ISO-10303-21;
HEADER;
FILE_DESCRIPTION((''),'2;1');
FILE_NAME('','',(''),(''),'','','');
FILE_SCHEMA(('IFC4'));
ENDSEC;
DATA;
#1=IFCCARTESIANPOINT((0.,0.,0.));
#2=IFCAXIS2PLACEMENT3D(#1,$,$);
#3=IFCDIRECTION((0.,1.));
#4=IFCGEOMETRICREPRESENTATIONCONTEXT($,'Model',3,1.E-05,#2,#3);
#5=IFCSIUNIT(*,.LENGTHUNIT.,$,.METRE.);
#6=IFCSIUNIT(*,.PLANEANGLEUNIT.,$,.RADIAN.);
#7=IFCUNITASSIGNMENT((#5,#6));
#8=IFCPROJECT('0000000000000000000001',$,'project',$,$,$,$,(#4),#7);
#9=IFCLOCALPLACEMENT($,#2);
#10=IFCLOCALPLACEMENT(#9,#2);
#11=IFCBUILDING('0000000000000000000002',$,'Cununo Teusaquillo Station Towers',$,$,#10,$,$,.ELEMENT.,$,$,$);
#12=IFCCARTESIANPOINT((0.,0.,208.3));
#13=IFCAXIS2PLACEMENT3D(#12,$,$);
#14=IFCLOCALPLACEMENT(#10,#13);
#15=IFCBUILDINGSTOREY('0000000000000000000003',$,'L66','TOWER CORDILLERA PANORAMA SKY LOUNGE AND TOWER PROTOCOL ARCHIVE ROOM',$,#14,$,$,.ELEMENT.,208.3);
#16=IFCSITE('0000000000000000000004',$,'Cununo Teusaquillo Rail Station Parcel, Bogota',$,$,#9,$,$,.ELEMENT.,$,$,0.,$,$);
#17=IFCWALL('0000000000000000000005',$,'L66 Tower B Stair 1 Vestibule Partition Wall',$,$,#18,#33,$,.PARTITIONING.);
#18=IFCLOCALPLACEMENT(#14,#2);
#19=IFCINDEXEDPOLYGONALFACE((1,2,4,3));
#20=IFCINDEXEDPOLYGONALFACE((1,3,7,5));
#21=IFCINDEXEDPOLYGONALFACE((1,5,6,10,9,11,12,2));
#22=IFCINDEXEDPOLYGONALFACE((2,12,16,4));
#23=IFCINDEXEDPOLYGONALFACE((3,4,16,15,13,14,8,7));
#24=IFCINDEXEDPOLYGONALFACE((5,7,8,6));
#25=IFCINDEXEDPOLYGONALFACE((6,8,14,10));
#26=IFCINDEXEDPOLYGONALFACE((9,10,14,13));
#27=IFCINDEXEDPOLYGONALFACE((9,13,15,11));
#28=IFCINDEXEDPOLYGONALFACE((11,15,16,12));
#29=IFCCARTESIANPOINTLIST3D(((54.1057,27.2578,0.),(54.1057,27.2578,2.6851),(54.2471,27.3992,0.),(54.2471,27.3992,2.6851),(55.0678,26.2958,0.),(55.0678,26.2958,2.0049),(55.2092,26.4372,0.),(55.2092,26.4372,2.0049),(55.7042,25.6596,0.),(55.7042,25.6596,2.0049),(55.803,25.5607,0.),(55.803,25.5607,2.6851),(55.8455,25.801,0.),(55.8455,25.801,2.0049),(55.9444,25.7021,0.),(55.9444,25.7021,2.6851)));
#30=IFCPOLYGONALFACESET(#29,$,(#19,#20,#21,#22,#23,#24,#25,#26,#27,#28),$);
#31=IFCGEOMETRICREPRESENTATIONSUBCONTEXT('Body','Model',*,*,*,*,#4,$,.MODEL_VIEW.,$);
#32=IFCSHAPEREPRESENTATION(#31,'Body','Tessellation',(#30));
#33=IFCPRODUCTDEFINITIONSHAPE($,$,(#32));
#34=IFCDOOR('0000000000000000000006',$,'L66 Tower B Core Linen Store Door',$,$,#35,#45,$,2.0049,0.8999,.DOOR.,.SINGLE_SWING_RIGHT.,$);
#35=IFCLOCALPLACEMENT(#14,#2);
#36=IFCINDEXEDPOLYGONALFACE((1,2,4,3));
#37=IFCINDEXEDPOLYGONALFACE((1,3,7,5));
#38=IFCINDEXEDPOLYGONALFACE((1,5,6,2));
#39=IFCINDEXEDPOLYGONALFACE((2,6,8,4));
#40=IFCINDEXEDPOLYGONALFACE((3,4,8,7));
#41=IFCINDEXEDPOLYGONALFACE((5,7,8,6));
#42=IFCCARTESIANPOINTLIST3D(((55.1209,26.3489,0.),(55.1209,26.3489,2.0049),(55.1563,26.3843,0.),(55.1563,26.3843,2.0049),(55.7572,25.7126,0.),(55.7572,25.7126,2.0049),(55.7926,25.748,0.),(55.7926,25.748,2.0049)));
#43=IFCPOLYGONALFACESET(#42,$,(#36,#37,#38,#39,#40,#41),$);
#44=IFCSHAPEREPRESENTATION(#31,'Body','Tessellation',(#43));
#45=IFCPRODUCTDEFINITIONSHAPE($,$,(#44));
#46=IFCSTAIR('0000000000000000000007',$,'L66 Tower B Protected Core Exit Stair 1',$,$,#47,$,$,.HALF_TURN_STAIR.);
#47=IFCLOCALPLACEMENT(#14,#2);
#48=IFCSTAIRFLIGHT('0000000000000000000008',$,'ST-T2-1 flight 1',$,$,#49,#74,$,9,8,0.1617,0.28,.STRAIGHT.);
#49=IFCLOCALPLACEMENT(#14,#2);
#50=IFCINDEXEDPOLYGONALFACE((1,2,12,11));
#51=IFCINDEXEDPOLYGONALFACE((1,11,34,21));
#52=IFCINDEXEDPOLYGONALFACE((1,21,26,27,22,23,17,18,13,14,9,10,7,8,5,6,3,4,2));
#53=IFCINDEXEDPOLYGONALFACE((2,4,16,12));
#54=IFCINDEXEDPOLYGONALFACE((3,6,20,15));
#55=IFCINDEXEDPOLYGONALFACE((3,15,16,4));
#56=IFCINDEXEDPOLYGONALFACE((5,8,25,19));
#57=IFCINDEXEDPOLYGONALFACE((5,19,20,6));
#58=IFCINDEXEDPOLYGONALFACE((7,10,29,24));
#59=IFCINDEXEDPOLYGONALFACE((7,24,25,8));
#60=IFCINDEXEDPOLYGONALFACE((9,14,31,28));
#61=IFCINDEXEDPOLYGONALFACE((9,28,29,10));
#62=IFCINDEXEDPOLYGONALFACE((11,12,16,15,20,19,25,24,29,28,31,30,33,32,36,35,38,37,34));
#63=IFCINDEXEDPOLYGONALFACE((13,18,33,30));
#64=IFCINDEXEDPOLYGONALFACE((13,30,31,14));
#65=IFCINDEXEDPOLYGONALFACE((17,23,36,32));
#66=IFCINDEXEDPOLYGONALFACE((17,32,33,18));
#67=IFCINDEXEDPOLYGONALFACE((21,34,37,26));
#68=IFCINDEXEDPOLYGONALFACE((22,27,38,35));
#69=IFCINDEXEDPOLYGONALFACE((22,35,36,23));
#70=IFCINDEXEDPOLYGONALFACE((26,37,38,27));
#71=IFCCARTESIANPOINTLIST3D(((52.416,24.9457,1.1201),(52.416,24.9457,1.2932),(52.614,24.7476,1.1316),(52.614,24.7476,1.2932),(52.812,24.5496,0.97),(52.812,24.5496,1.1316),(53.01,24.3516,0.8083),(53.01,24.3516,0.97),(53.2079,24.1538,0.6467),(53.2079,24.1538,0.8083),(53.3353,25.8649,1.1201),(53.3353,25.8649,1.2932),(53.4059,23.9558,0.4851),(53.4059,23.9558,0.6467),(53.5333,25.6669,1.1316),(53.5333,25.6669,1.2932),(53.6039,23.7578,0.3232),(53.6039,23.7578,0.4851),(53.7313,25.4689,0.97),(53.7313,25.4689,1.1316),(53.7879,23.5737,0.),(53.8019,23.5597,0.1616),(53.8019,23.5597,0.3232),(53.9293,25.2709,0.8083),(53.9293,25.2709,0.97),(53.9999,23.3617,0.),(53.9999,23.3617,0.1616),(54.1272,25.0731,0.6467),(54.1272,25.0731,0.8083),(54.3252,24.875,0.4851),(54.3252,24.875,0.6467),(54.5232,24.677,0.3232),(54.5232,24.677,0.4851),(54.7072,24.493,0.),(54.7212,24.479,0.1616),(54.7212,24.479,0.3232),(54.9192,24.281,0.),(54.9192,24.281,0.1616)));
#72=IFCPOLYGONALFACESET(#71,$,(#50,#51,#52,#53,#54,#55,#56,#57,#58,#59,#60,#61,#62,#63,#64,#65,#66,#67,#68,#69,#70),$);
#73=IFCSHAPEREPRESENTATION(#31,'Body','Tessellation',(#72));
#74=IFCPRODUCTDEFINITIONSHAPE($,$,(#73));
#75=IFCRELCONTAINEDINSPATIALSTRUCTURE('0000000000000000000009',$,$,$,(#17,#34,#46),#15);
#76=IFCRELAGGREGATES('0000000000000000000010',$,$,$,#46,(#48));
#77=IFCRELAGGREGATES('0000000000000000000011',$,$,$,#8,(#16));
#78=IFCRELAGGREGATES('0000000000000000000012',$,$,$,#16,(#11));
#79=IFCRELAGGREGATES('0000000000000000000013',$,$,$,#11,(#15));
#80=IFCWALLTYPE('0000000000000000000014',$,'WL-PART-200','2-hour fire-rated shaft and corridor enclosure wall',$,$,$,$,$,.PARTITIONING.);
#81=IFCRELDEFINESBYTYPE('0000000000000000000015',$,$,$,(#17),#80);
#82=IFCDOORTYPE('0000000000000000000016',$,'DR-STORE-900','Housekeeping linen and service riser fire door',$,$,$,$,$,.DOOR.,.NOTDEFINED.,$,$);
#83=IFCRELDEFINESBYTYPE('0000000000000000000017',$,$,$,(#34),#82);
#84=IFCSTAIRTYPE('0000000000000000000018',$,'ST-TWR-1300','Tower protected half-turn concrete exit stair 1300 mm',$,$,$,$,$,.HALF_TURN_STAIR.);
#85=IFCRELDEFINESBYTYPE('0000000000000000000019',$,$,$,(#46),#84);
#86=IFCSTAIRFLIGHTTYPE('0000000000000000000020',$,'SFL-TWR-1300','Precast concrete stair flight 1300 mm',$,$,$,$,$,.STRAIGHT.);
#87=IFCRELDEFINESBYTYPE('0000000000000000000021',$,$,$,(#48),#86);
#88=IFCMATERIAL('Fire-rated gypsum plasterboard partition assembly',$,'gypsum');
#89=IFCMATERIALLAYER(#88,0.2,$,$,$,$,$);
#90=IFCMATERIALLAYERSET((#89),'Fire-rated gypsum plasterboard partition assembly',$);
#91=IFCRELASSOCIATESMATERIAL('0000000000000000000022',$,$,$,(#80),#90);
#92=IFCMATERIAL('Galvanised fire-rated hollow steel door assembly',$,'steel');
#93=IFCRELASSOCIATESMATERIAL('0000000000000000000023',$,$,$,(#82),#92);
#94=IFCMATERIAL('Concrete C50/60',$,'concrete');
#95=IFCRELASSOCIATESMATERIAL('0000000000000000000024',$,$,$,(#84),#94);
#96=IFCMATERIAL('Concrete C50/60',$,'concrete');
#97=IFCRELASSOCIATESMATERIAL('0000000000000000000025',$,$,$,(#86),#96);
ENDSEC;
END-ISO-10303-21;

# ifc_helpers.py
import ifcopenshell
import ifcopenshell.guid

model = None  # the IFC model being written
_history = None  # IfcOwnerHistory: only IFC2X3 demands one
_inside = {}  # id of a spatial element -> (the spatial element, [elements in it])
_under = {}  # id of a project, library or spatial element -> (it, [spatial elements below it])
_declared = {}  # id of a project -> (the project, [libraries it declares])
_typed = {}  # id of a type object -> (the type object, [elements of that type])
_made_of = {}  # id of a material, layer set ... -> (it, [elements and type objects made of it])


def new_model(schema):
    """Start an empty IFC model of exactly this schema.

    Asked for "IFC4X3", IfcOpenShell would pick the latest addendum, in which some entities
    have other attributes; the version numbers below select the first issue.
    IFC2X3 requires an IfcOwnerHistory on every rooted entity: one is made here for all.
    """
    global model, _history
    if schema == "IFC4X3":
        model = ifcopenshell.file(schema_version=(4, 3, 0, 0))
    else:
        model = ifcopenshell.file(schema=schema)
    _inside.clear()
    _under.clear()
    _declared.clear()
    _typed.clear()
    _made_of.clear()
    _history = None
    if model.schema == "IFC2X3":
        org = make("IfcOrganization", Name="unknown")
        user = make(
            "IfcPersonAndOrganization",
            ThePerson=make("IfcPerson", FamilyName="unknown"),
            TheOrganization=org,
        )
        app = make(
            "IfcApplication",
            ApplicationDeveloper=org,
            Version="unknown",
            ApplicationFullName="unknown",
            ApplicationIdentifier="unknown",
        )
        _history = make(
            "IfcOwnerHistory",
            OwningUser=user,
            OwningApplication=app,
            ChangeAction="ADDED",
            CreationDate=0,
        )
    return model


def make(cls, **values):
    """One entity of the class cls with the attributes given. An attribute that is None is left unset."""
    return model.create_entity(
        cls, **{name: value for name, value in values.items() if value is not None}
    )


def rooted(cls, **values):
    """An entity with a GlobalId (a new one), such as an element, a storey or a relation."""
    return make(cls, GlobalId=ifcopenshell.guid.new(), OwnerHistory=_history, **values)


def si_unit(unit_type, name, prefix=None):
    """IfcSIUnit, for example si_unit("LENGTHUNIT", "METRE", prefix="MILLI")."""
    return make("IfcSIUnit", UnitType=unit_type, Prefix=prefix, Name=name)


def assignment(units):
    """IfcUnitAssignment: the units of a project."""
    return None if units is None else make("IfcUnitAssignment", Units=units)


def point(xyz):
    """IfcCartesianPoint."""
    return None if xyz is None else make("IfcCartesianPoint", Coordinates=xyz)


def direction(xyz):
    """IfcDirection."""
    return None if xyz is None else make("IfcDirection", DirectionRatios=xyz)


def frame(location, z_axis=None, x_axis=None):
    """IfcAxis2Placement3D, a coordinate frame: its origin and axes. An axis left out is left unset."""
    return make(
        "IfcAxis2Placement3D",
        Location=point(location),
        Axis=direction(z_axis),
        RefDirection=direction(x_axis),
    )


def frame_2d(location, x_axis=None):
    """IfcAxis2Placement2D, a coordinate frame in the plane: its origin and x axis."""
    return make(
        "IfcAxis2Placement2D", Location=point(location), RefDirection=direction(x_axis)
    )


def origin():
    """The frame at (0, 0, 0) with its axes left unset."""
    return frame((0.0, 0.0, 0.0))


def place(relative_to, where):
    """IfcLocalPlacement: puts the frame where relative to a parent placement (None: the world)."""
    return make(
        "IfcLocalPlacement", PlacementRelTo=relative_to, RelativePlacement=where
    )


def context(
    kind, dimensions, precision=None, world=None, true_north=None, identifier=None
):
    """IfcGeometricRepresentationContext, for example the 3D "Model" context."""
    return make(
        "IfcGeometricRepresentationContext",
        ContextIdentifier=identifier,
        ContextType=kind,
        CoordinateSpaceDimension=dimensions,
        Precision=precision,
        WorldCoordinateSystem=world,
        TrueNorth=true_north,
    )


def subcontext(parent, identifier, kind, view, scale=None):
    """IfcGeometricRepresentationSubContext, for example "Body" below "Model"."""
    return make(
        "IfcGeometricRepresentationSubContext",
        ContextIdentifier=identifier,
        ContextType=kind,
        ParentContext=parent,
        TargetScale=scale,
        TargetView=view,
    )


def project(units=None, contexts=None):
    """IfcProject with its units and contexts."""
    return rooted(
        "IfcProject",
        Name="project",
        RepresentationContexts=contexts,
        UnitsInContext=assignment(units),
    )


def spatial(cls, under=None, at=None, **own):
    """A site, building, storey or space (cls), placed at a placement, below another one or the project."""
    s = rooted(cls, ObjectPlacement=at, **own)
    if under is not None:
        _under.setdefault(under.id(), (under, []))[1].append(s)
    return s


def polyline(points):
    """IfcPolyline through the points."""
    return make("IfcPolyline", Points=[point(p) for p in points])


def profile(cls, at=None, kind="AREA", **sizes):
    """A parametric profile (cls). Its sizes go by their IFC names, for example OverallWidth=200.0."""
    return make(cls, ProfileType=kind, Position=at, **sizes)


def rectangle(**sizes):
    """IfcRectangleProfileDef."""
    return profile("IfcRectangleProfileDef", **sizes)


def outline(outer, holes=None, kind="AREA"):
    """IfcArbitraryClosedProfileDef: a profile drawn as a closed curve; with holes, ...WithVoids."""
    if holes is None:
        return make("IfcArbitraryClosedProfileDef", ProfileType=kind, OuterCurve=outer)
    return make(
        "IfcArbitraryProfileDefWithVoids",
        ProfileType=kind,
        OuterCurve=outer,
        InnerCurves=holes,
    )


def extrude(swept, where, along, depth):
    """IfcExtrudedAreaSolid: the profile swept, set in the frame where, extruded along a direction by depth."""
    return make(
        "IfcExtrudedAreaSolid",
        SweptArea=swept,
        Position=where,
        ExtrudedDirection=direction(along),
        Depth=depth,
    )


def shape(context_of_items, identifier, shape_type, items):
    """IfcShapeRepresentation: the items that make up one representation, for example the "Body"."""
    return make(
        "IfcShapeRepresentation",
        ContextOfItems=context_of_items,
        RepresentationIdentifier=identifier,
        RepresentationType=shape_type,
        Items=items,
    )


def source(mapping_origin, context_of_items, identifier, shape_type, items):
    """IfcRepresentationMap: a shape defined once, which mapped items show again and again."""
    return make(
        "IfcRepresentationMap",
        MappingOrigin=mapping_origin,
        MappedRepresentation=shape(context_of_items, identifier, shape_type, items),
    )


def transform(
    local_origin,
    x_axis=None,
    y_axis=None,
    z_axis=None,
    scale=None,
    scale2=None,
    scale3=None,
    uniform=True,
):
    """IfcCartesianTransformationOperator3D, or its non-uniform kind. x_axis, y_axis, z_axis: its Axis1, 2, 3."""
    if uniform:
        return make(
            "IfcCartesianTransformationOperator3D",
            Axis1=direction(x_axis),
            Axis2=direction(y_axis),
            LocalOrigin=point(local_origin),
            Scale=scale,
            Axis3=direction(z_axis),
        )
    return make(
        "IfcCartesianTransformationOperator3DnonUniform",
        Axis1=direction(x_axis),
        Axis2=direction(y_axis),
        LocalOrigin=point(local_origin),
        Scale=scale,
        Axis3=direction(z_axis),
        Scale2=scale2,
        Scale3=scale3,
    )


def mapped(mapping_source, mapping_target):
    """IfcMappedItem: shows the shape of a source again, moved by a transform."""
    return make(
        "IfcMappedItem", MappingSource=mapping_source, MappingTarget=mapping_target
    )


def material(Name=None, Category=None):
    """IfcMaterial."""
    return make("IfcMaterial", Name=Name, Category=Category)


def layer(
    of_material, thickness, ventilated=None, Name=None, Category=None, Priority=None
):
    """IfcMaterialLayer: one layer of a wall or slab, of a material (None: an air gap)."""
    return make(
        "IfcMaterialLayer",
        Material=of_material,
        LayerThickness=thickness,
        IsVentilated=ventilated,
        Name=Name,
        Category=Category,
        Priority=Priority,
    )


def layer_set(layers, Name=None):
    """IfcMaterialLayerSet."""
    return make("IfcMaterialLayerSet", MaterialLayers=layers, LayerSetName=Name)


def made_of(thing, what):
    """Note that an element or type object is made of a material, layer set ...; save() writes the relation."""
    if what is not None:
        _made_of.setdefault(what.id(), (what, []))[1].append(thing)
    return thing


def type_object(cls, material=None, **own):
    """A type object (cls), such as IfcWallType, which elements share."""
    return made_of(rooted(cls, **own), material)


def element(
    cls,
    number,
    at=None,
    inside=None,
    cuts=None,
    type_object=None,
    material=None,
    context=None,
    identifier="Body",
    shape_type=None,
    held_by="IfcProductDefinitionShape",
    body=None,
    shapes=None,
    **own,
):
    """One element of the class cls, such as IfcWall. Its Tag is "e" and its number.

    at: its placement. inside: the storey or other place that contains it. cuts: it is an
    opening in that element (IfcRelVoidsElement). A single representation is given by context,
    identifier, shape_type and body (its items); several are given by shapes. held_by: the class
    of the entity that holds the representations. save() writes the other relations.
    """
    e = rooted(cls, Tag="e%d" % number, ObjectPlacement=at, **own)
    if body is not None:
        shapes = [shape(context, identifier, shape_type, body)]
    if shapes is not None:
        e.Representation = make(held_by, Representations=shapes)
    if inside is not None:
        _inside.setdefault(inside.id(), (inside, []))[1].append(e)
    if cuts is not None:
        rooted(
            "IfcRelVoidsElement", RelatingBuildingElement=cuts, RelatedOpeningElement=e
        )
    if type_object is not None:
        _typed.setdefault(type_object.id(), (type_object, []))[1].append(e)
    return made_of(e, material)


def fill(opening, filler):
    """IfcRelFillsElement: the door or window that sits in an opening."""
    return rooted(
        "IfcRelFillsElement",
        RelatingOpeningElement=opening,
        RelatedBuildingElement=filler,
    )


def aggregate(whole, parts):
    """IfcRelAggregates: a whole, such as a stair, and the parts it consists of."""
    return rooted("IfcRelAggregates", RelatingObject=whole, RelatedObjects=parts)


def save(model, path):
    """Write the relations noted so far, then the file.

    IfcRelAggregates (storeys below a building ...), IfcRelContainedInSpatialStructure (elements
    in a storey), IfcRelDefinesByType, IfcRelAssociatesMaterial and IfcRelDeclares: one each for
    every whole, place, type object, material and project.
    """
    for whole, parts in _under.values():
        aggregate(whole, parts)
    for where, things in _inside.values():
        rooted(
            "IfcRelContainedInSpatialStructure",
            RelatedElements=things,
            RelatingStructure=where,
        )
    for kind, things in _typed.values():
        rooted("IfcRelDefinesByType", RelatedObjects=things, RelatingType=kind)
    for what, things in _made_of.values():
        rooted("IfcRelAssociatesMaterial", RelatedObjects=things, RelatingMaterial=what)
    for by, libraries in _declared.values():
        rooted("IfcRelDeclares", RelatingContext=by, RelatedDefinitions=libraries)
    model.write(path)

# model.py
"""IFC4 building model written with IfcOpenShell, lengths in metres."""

from ifc_helpers import new_model, si_unit, direction, frame, frame_2d, origin, place, context, subcontext, project, spatial, polyline, rectangle, outline, extrude, source, transform, mapped, material, layer, layer_set, type_object, element, fill, aggregate, save


model = new_model("IFC4")

# Units and contexts
model_context = context("Model", 3, precision=1e-05, world=origin(), true_north=direction((0.0, 1.0)))
body_context = subcontext(model_context, "Body", "Model", "MODEL_VIEW")
ifc_project = project(units=[si_unit("LENGTHUNIT", "METRE"), si_unit("PLANEANGLEUNIT", "RADIAN")], contexts=[model_context])

# Site, building, storey
site_placement = place(None, origin())
site = spatial("IfcSite", under=ifc_project, at=site_placement, Name="Cununo Teusaquillo Rail Station Parcel, Bogota", CompositionType="ELEMENT", RefElevation=0.0)
building_placement = place(site_placement, origin())
building = spatial("IfcBuilding", under=site, at=building_placement, Name="Cununo Teusaquillo Station Towers", CompositionType="ELEMENT")
storey_placement = place(building_placement, frame((0.0, 0.0, 208.3)))
storey = spatial("IfcBuildingStorey", under=building, at=storey_placement, Name="L66", Description="TOWER CORDILLERA PANORAMA SKY LOUNGE AND TOWER PROTOCOL ARCHIVE ROOM", CompositionType="ELEMENT", Elevation=208.3)

# Wall, opening, door
ifc_material_1 = material(Name="Fire-rated gypsum plasterboard partition assembly", Category="gypsum")
ifc_layer_1 = layer(ifc_material_1, 0.2)
ifc_layer_set_1 = layer_set([ifc_layer_1], Name="Fire-rated gypsum plasterboard partition assembly")
wall_type_1 = type_object("IfcWallType", Name="WL-PART-200", Description="2-hour fire-rated shaft and corridor enclosure wall", PredefinedType="PARTITIONING", material=ifc_layer_set_1)
shared_shape_1 = source(origin(), body_context, "Body", "SweptSolid", [
    extrude(rectangle(XDim=0.8999, YDim=2.0049, at=frame_2d((0.45, 1.0024))), frame((0.0, 0.1099, 0.0), z_axis=(0.0, -1.0, 0.0), x_axis=(1.0, 0.0, 0.0)), (0.0, 0.0, 1.0), 0.22),
])
ifc_material_2 = material(Name="Galvanised fire-rated hollow steel door assembly", Category="steel")
door_type_1 = type_object("IfcDoorType", Name="DR-STORE-900", Description="Housekeeping linen and service riser fire door", OperationType="NOTDEFINED", PredefinedType="DOOR", material=ifc_material_2)
shared_shape_2 = source(origin(), body_context, "Body", "SweptSolid", [
    extrude(rectangle(XDim=0.8999, YDim=2.0049, at=frame_2d((0.45, 1.0024))), frame((0.0, 0.0249, 0.0), z_axis=(0.0, -1.0, 0.0), x_axis=(1.0, 0.0, 0.0)), (0.0, 0.0, 1.0), 0.05),
])
wall_1_placement = place(storey_placement, frame((55.8738, 25.6313, 0.0), z_axis=(0.0, 0.0, 1.0), x_axis=(-0.707158, 0.707056, 0.0)))
wall_1 = element("IfcWall", 1, at=wall_1_placement, inside=storey, type_object=wall_type_1, Name="L66 Tower B Stair 1 Vestibule Partition Wall", PredefinedType="PARTITIONING", context=body_context, shape_type="SweptSolid", body=[
    extrude(rectangle(XDim=2.4001, YDim=0.2, at=frame_2d((1.2002, 0.0))), origin(), (0.0, 0.0, 1.0), 2.6851),
])
opening_1_placement = place(wall_1_placement, frame((0.1399, 0.0, 0.0)))
opening_1 = element("IfcOpeningElement", 2, at=opening_1_placement, cuts=wall_1, PredefinedType="OPENING", context=body_context, shape_type="MappedRepresentation", body=[
    mapped(shared_shape_1, transform((0.0, 0.0, 0.0), x_axis=(1.0, 0.0, 0.0), y_axis=(0.0, 1.0, 0.0), z_axis=(0.0, 0.0, 1.0), scale=1.0)),
])
door_1_placement = place(opening_1_placement, origin())
door_1 = element("IfcDoor", 3, at=door_1_placement, inside=storey, type_object=door_type_1, Name="L66 Tower B Core Linen Store Door", OperationType="SINGLE_SWING_RIGHT", OverallHeight=2.0049, OverallWidth=0.8999, PredefinedType="DOOR", context=body_context, shape_type="MappedRepresentation", body=[
    mapped(shared_shape_2, transform((0.0, 0.0, 0.0), x_axis=(1.0, 0.0, 0.0), y_axis=(0.0, 1.0, 0.0), z_axis=(0.0, 0.0, 1.0), scale=1.0)),
])
fill(opening_1, door_1)

# Stair, stair flight
ifc_material_3 = material(Name="Concrete C50/60", Category="concrete")
stair_type = type_object("IfcStairType", Name="ST-TWR-1300", Description="Tower protected half-turn concrete exit stair 1300 mm", PredefinedType="HALF_TURN_STAIR", material=ifc_material_3)
stair_placement = place(storey_placement, origin())
stair = element("IfcStair", 4, at=stair_placement, inside=storey, type_object=stair_type, Name="L66 Tower B Protected Core Exit Stair 1", PredefinedType="HALF_TURN_STAIR")
ifc_material_4 = material(Name="Concrete C50/60", Category="concrete")
stair_flight_type = type_object("IfcStairFlightType", Name="SFL-TWR-1300", Description="Precast concrete stair flight 1300 mm", PredefinedType="STRAIGHT", material=ifc_material_4)
stair_flight_placement = place(storey_placement, frame((54.4595, 23.8213, 0.0), z_axis=(0.0, 0.0, 1.0), x_axis=(-0.707107, 0.707107, 0.0)))
stair_flight = element("IfcStairFlight", 5, at=stair_flight_placement, type_object=stair_flight_type, Name="ST-T2-1 flight 1", NumberOfRisers=9, NumberOfTreads=8, PredefinedType="STRAIGHT", RiserHeight=0.1617, TreadLength=0.28, context=body_context, shape_type="SweptSolid", body=[
    extrude(outline(polyline([(0.0, 0.0), (0.0, 0.1616), (0.28, 0.1616), (0.28, 0.3232), (0.5601, 0.3232), (0.5601, 0.4851), (0.8401, 0.4851), (0.8401, 0.6467), (1.1201, 0.6467), (1.1201, 0.8083), (1.3999, 0.8083), (1.3999, 0.97), (1.6799, 0.97), (1.6799, 1.1316), (1.96, 1.1316), (1.96, 1.2932), (2.24, 1.2932), (2.24, 1.4551), (2.24, 1.1201), (0.2998, 0.0), (0.0, 0.0)])), frame((0.0, 0.6499, 0.0), z_axis=(0.0, -1.0, 0.0), x_axis=(1.0, 0.0, 0.0)), (0.0, 0.0, 1.0), 1.3),
])
aggregate(stair, [stair_flight])

save(model, "model.ifc")
